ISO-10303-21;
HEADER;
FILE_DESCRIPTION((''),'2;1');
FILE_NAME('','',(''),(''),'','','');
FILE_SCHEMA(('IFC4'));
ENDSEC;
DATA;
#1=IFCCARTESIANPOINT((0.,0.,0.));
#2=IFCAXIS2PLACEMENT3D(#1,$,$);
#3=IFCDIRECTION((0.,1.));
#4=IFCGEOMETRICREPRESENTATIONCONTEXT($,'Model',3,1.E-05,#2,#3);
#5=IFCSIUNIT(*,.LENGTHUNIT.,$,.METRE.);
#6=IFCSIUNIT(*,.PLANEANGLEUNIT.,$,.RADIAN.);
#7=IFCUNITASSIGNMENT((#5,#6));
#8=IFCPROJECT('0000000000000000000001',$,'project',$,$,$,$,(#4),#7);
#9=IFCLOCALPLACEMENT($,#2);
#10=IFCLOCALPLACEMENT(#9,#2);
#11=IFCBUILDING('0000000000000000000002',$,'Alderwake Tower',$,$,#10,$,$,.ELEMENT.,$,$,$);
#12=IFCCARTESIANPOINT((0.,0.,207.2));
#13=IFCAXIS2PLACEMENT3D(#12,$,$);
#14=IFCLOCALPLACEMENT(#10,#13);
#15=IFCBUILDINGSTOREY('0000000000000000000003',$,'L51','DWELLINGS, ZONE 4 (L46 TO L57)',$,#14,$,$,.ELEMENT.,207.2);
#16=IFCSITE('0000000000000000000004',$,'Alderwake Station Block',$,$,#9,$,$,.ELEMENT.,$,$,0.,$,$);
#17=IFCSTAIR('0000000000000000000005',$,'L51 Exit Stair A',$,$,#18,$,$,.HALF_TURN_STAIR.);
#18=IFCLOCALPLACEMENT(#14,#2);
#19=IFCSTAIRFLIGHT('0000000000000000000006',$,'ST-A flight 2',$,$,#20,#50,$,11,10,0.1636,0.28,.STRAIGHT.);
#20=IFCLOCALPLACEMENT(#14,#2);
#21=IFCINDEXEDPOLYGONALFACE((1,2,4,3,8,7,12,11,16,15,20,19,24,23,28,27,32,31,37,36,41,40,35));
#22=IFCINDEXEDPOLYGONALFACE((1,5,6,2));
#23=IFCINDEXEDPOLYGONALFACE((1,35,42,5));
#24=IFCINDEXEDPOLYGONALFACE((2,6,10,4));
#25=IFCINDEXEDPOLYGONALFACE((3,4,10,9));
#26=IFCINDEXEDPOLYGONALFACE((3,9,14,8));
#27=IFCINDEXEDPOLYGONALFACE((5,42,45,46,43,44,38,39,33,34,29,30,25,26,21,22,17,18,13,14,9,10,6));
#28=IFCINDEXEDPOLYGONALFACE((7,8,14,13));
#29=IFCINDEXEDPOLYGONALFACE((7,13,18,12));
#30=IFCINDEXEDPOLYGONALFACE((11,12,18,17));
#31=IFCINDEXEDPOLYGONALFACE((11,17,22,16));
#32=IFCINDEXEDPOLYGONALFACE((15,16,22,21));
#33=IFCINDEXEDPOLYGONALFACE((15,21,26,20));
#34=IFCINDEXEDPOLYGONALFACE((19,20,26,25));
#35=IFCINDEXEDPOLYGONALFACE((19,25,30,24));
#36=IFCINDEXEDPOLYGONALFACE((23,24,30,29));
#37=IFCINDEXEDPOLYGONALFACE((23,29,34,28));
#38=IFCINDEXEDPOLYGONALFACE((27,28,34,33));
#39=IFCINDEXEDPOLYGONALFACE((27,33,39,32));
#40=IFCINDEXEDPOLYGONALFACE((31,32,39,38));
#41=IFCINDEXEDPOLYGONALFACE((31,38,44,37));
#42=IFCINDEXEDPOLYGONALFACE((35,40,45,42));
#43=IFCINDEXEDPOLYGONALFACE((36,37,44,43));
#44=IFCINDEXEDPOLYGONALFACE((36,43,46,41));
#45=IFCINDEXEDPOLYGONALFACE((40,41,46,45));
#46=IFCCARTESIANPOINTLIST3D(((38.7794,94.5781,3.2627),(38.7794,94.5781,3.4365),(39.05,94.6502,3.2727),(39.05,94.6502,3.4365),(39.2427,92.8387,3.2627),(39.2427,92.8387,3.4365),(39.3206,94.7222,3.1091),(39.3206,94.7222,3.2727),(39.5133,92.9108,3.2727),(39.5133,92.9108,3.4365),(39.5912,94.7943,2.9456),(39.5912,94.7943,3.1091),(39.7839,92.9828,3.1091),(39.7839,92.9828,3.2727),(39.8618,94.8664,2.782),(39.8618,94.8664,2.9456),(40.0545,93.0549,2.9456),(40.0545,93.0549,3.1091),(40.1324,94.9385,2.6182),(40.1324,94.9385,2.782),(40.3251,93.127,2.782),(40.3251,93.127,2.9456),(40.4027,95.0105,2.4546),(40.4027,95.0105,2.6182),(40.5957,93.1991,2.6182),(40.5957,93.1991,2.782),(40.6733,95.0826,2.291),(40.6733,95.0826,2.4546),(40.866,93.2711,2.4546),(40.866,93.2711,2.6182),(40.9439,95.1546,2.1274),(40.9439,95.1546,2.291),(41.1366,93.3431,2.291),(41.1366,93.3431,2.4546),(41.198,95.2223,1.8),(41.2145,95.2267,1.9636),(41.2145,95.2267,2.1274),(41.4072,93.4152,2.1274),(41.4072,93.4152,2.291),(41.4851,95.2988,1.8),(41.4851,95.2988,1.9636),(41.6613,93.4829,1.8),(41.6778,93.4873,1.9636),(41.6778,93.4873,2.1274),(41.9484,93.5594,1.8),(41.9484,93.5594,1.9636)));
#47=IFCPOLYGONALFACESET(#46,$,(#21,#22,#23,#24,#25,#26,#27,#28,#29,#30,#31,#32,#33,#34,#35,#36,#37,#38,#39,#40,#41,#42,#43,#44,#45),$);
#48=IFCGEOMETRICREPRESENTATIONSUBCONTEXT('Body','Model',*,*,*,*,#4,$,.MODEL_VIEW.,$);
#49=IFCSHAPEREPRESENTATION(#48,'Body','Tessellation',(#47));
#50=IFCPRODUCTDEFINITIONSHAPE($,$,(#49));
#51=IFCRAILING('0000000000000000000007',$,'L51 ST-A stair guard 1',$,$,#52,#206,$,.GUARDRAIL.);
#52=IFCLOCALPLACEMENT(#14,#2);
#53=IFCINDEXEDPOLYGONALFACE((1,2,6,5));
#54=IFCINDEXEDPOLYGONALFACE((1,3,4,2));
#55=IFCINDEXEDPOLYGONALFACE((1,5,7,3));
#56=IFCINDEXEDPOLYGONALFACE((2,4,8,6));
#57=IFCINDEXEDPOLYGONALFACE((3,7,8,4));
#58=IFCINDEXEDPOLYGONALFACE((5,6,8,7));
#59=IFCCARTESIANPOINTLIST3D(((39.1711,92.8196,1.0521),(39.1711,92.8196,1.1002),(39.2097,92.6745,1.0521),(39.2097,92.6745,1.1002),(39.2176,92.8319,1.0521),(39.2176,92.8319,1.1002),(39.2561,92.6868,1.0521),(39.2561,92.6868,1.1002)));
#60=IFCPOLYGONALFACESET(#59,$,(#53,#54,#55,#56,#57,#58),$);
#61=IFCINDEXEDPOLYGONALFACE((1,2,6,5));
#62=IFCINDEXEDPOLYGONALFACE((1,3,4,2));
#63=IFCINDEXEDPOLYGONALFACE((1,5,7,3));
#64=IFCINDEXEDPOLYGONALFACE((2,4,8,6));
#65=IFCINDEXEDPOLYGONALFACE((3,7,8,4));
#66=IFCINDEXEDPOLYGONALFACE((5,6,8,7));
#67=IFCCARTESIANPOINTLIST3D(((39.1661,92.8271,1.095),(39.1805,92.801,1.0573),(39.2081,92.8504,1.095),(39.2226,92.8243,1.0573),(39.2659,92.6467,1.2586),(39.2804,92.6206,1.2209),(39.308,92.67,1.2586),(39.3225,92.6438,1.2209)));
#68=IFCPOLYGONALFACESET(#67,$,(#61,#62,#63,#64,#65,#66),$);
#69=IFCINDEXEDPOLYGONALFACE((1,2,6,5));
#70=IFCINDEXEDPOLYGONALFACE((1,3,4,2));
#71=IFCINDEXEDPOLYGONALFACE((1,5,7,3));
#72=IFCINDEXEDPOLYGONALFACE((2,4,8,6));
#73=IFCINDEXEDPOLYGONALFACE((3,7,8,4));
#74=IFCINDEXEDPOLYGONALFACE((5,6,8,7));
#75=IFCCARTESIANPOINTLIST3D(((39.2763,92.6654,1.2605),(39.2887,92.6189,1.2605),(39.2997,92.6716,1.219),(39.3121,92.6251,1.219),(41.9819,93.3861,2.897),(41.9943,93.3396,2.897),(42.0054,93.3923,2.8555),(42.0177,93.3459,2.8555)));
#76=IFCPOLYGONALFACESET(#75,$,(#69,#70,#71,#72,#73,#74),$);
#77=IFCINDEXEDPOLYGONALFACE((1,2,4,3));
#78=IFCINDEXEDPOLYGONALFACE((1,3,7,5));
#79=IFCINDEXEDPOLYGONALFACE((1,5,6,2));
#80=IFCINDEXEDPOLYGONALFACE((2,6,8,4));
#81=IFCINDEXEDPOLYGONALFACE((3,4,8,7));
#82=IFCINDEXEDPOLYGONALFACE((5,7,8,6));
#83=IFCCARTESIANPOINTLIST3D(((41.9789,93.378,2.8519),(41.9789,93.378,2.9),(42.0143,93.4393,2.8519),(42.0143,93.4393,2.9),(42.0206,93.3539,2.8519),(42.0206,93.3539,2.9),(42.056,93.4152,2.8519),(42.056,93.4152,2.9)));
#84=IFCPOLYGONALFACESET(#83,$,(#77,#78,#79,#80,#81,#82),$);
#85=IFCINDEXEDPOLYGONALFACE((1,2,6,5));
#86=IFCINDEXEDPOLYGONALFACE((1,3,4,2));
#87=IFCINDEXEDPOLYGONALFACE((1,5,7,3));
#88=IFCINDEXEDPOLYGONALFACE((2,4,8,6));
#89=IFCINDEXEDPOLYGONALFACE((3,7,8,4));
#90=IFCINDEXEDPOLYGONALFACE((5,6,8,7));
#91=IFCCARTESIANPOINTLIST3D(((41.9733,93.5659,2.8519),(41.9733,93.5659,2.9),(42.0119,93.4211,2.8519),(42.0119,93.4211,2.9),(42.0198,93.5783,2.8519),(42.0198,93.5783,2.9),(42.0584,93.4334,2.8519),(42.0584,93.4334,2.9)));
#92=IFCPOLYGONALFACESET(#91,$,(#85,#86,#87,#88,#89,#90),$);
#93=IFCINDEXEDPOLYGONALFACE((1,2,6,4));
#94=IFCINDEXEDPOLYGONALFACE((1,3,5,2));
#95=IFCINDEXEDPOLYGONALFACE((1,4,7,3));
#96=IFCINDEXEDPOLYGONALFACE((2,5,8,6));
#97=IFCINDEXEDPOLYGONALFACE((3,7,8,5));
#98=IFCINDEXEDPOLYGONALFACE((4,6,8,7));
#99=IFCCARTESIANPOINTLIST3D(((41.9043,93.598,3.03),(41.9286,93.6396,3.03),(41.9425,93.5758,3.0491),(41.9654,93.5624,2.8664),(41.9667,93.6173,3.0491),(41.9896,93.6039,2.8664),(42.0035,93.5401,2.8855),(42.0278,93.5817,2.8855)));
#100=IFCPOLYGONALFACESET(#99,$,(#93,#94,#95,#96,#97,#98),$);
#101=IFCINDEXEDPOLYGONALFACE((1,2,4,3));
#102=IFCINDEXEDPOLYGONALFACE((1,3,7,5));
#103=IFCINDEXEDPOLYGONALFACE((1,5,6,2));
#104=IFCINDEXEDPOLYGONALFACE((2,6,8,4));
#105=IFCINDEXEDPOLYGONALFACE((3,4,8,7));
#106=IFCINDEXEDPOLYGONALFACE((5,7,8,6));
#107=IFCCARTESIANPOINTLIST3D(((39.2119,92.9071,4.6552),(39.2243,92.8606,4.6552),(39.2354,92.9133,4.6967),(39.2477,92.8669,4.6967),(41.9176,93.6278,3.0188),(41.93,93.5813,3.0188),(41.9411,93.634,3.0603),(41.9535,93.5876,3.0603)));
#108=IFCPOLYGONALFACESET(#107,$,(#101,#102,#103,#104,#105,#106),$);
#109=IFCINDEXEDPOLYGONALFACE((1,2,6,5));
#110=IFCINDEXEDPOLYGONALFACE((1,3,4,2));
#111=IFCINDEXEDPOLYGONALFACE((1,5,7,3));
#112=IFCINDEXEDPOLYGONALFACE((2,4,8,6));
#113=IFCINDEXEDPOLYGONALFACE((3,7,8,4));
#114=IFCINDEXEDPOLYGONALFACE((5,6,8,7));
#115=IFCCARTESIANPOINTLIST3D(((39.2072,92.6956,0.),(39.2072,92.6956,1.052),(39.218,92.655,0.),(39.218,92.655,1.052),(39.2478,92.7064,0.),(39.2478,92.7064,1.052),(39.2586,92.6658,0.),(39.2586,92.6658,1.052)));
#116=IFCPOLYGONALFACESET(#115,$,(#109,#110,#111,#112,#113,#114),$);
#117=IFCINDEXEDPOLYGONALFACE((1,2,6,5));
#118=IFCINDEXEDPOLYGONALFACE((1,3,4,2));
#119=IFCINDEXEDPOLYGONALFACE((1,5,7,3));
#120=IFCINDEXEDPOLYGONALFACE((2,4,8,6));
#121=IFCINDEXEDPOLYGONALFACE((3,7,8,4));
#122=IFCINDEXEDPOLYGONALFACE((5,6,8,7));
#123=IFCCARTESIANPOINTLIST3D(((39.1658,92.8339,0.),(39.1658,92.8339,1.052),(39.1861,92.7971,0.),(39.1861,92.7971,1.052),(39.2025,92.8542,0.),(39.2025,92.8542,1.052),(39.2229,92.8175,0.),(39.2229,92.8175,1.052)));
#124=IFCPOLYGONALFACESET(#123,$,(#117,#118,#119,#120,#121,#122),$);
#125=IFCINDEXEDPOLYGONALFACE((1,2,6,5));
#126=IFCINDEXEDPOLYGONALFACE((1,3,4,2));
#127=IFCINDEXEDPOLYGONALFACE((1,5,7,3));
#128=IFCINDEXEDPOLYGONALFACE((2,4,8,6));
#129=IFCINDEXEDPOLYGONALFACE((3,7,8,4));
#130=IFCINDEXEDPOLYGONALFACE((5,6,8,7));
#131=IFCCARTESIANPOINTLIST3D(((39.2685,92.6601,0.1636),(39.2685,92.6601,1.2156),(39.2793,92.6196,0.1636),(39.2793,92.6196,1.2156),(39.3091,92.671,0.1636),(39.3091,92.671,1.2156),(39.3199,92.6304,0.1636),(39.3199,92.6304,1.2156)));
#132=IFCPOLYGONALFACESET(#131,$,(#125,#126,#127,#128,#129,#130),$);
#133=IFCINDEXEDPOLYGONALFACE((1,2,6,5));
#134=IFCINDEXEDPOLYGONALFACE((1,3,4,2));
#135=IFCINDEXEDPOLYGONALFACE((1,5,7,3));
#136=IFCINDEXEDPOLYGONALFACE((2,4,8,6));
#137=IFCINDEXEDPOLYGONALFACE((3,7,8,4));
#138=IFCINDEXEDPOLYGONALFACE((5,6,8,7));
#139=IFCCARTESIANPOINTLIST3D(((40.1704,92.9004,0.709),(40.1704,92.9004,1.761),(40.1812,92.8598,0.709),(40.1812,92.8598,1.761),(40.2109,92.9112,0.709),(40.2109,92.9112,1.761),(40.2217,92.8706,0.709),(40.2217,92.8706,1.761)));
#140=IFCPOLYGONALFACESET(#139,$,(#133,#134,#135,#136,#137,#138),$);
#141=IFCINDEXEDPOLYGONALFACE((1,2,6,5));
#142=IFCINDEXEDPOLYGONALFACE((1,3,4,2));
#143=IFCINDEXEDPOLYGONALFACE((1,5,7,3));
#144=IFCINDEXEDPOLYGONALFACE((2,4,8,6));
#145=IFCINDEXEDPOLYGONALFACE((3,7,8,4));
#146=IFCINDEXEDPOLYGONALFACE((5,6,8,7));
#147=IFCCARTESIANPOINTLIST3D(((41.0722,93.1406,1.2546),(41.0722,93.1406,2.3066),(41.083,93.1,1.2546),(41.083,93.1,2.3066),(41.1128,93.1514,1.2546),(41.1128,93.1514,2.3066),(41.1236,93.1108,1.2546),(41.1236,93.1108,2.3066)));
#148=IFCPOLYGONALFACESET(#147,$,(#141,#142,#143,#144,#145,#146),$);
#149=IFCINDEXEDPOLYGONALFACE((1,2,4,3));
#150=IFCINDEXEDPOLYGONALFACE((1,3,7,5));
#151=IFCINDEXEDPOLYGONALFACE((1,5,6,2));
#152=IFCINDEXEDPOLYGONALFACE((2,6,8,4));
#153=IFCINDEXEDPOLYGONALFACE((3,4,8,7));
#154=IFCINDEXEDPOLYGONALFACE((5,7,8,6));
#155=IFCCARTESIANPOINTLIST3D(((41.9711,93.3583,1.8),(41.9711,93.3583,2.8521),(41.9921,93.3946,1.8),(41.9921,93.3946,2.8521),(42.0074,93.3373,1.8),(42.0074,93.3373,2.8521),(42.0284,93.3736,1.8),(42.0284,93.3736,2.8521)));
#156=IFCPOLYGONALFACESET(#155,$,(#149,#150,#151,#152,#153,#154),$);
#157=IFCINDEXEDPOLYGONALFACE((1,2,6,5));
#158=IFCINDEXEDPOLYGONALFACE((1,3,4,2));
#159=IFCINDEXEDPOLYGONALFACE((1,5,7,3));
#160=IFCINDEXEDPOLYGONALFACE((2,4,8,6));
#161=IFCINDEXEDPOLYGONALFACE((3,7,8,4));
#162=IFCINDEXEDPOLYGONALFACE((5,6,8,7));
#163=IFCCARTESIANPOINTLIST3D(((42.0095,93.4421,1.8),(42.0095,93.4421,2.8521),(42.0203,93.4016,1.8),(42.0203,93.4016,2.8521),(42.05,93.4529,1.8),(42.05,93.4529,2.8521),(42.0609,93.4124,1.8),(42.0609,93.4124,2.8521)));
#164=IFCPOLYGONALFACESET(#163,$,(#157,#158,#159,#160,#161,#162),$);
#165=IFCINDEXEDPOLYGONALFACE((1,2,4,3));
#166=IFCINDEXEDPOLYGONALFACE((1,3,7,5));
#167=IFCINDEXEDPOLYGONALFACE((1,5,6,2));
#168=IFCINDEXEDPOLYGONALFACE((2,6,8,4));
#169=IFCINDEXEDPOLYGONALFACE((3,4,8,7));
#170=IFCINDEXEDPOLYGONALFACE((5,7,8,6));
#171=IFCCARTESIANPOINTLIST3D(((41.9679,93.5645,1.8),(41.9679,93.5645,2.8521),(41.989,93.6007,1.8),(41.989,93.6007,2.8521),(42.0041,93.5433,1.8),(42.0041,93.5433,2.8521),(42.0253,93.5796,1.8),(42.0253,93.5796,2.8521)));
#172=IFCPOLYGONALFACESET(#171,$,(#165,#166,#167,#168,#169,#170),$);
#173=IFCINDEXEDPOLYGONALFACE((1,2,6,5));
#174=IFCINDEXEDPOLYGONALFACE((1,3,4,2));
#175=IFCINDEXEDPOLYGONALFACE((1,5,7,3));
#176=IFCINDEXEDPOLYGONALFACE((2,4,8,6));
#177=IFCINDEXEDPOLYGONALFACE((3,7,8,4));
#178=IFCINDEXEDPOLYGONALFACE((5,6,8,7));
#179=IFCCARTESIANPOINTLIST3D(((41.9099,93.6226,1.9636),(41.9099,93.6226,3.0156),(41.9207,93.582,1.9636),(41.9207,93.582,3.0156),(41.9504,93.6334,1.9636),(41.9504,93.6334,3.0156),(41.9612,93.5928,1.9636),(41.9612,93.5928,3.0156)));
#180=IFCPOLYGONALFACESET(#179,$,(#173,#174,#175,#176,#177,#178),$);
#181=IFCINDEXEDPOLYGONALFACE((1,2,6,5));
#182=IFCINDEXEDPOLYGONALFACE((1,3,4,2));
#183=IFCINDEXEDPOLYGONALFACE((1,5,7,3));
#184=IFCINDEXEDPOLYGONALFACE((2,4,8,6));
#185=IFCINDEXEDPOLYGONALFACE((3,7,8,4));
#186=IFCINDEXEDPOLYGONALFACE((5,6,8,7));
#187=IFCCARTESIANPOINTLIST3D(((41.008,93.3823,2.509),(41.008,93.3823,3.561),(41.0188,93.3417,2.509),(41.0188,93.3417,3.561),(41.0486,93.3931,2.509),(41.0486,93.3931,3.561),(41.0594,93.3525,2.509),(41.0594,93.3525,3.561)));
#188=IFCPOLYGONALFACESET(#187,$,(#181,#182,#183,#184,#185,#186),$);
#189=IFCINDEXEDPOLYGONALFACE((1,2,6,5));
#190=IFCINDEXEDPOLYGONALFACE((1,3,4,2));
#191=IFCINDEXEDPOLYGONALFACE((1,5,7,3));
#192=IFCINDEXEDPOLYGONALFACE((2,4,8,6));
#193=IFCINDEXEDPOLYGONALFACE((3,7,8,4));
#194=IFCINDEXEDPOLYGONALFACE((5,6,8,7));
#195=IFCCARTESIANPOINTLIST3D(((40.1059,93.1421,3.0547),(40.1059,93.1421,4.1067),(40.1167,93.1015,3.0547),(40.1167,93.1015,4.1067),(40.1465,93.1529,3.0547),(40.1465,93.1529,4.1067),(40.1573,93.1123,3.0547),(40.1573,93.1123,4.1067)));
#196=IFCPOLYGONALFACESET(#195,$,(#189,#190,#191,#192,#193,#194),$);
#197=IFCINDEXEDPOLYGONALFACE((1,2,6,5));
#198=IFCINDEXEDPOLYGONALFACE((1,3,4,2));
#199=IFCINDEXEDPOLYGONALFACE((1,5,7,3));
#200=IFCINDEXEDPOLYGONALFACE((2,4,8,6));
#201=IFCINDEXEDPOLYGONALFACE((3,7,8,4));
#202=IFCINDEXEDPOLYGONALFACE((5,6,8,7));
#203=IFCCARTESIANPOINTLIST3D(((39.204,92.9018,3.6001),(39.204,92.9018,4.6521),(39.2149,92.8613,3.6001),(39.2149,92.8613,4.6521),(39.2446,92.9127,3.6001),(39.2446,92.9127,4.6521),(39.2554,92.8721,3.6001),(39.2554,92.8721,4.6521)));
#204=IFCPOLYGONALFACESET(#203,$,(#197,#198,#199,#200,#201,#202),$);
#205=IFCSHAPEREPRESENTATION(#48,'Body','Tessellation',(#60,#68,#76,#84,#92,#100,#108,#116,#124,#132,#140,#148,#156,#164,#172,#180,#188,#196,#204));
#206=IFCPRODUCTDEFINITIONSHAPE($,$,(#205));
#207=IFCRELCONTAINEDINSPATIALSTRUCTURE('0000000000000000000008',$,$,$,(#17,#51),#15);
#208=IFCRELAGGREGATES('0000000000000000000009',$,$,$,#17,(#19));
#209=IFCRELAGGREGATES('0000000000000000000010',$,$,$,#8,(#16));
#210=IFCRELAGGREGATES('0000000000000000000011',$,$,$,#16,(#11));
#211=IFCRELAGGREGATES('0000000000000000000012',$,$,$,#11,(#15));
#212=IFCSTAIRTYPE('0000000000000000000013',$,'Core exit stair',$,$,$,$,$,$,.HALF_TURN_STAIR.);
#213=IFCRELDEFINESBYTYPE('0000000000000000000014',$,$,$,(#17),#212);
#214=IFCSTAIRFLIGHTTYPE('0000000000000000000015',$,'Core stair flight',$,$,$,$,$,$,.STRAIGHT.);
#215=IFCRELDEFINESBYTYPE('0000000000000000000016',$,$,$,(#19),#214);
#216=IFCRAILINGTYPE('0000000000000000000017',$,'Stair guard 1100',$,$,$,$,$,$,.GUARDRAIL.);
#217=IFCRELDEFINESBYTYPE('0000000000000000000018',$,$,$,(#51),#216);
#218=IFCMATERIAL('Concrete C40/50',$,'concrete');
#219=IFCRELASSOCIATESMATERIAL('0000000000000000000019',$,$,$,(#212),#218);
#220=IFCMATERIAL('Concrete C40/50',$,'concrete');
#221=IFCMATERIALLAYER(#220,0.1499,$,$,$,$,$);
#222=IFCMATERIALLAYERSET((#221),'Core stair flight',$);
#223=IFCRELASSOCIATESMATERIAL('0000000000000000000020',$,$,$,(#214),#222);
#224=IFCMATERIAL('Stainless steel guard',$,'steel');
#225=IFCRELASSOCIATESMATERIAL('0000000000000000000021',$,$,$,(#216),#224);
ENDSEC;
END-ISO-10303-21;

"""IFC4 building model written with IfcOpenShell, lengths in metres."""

from ifc_helpers import new_model, si_unit, direction, frame, origin, origin_2d, place, context, subcontext, project, spatial, polyline, rectangle, outline, extrude, material, layer, layer_set, type_object, element, aggregate, save


model = new_model("IFC4")

# Units and contexts
model_context = context("Model", 3, precision=1e-05, world=origin(), true_north=direction((0.0, 1.0)))
body_context = subcontext(model_context, "Body", "Model", "MODEL_VIEW")
ifc_project = project(units=[si_unit("LENGTHUNIT", "METRE"), si_unit("PLANEANGLEUNIT", "RADIAN")], contexts=[model_context])

# Site, building, storey
site_placement = place(None, origin())
site = spatial("IfcSite", under=ifc_project, at=site_placement, Name="Alderwake Station Block", CompositionType="ELEMENT", RefElevation=0.0)
building_placement = place(site_placement, origin())
building = spatial("IfcBuilding", under=site, at=building_placement, Name="Alderwake Tower", CompositionType="ELEMENT")
storey_placement = place(building_placement, frame((0.0, 0.0, 207.2)))
storey = spatial("IfcBuildingStorey", under=building, at=storey_placement, Name="L51", Description="DWELLINGS, ZONE 4 (L46 TO L57)", CompositionType="ELEMENT", Elevation=207.2)

# Stair, stair flight
ifc_material_1 = material(Name="Concrete C40/50", Category="concrete")
stair_type = type_object("IfcStairType", Name="Core exit stair", PredefinedType="HALF_TURN_STAIR", material=ifc_material_1)
stair_placement = place(storey_placement, origin())
stair = element("IfcStair", 1, at=stair_placement, inside=storey, type_object=stair_type, Name="L51 Exit Stair A", PredefinedType="HALF_TURN_STAIR")
ifc_material_2 = material(Name="Concrete C40/50", Category="concrete")
ifc_layer_1 = layer(ifc_material_2, 0.1499)
ifc_layer_set_1 = layer_set([ifc_layer_1], Name="Core stair flight")
stair_flight_type = type_object("IfcStairFlightType", Name="Core stair flight", PredefinedType="STRAIGHT", material=ifc_layer_set_1)
stair_flight_1_placement = place(storey_placement, frame((41.7168, 94.429, 1.8), z_axis=(0.0, 0.0, 1.0), x_axis=(-0.96631, -0.257382, 0.0)))
stair_flight_1 = element("IfcStairFlight", 2, at=stair_flight_1_placement, type_object=stair_flight_type, Name="ST-A flight 2", NumberOfRisers=11, NumberOfTreads=10, PredefinedType="STRAIGHT", RiserHeight=0.1636, TreadLength=0.28, context=body_context, shape_type="SweptSolid", body=[
    extrude(outline(polyline([(0.0, 0.0), (0.0, 0.1636), (0.28, 0.1636), (0.28, 0.3274), (0.5601, 0.3274), (0.5601, 0.491), (0.8401, 0.491), (0.8401, 0.6545), (1.1201, 0.6545), (1.1201, 0.8181), (1.3999, 0.8181), (1.3999, 0.9819), (1.6799, 0.9819), (1.6799, 1.1455), (1.96, 1.1455), (1.96, 1.3091), (2.24, 1.3091), (2.24, 1.4727), (2.52, 1.4727), (2.52, 1.6365), (2.8, 1.6365), (2.8, 1.8), (2.8, 1.4626), (0.2971, 0.0), (0.0, 0.0)])), frame((0.0, 0.8999, 0.0), z_axis=(0.0, -1.0, 0.0), x_axis=(1.0, 0.0, 0.0)), (0.0, 0.0, 1.0), 1.8),
])
aggregate(stair, [stair_flight_1])

# Railing
ifc_material_3 = material(Name="Stainless steel guard", Category="steel")
railing_type_1 = type_object("IfcRailingType", Name="Stair guard 1100", PredefinedType="GUARDRAIL", material=ifc_material_3)
railing_1_placement = place(storey_placement, frame((39.2329, 92.6807, 0.0)))
element("IfcRailing", 3, at=railing_1_placement, inside=storey, type_object=railing_type_1, Name="L51 ST-A stair guard 1", PredefinedType="GUARDRAIL", context=body_context, shape_type="SweptSolid", body=[
    extrude(rectangle(XDim=0.0481, YDim=0.0481, at=origin_2d()), frame((0.0, 0.0, 1.0762), z_axis=(-0.257055, 0.966397, 0.0), x_axis=(-0.966397, -0.257055, 0.0)), (0.0, 0.0, 1.0), 0.1501),
    extrude(rectangle(XDim=0.0481, YDim=0.0481, at=origin_2d()), frame((-0.0386, 0.145, 1.0762), z_axis=(0.379371, -0.685464, 0.621463), x_axis=(0.874938, 0.484235, 0.0)), (0.0, 0.0, 1.0), 0.2632),
    extrude(rectangle(XDim=0.0481, YDim=0.0481, at=origin_2d()), frame((0.0613, -0.0354, 1.2397), z_axis=(0.834259, 0.222228, 0.504605), x_axis=(-0.257402, 0.966304, 0.0)), (0.0, 0.0, 1.0), 3.2432),
    extrude(rectangle(XDim=0.0481, YDim=0.0481, at=origin_2d()), frame((2.7668, 0.6853, 2.876), z_axis=(0.50022, 0.865898, 0.0), x_axis=(-0.865898, 0.50022, 0.0)), (0.0, 0.0, 1.0), 0.0708),
    extrude(rectangle(XDim=0.0481, YDim=0.0481, at=origin_2d()), frame((2.8022, 0.7466, 2.876), z_axis=(-0.25746, 0.966289, 0.0), x_axis=(-0.966289, -0.25746, 0.0)), (0.0, 0.0, 1.0), 0.1499),
    extrude(rectangle(XDim=0.0481, YDim=0.0481, at=origin_2d()), frame((2.7637, 0.8914, 2.876), z_axis=(-0.342525, 0.200035, 0.917967), x_axis=(-0.5043, -0.863528, 0.0)), (0.0, 0.0, 1.0), 0.1782),
    extrude(rectangle(XDim=0.0481, YDim=0.0481, at=origin_2d()), frame((2.7026, 0.927, 3.0396), z_axis=(-0.834282, -0.222214, 0.504574), x_axis=(0.25738, -0.96631, 0.0)), (0.0, 0.0, 1.0), 3.2432),
    extrude(rectangle(XDim=0.042, YDim=0.042, at=origin_2d()), frame((0.0, 0.0, 0.0), z_axis=(0.0, 0.0, 1.0), x_axis=(-0.257055, 0.966397, 0.0)), (0.0, 0.0, 1.0), 1.052),
    extrude(rectangle(XDim=0.042, YDim=0.042, at=origin_2d()), frame((-0.0386, 0.145, 0.0), z_axis=(0.0, 0.0, 1.0), x_axis=(0.484235, -0.874938, 0.0)), (0.0, 0.0, 1.0), 1.052),
    extrude(rectangle(XDim=0.042, YDim=0.042, at=origin_2d()), frame((0.0613, -0.0354, 0.1636), z_axis=(0.0, 0.0, 1.0), x_axis=(0.966304, 0.257402, 0.0)), (0.0, 0.0, 1.0), 1.052),
    extrude(rectangle(XDim=0.042, YDim=0.042, at=origin_2d()), frame((0.9631, 0.2048, 0.709), z_axis=(0.0, 0.0, 1.0), x_axis=(0.966304, 0.257402, 0.0)), (0.0, 0.0, 1.0), 1.052),
    extrude(rectangle(XDim=0.042, YDim=0.042, at=origin_2d()), frame((1.865, 0.4451, 1.2546), z_axis=(0.0, 0.0, 1.0), x_axis=(0.966304, 0.257402, 0.0)), (0.0, 0.0, 1.0), 1.052),
    extrude(rectangle(XDim=0.042, YDim=0.042, at=origin_2d()), frame((2.7668, 0.6853, 1.8), z_axis=(0.0, 0.0, 1.0), x_axis=(0.50022, 0.865898, 0.0)), (0.0, 0.0, 1.0), 1.052),
    extrude(rectangle(XDim=0.042, YDim=0.042, at=origin_2d()), frame((2.8022, 0.7466, 1.8), z_axis=(0.0, 0.0, 1.0), x_axis=(-0.25746, 0.966289, 0.0)), (0.0, 0.0, 1.0), 1.052),
    extrude(rectangle(XDim=0.042, YDim=0.042, at=origin_2d()), frame((2.7637, 0.8914, 1.8), z_axis=(0.0, 0.0, 1.0), x_axis=(-0.863528, 0.5043, 0.0)), (0.0, 0.0, 1.0), 1.052),
    extrude(rectangle(XDim=0.042, YDim=0.042, at=origin_2d()), frame((2.7026, 0.927, 1.9636), z_axis=(0.0, 0.0, 1.0), x_axis=(-0.96631, -0.25738, 0.0)), (0.0, 0.0, 1.0), 1.052),
    extrude(rectangle(XDim=0.042, YDim=0.042, at=origin_2d()), frame((1.8008, 0.6868, 2.509), z_axis=(0.0, 0.0, 1.0), x_axis=(-0.96631, -0.25738, 0.0)), (0.0, 0.0, 1.0), 1.052),
    extrude(rectangle(XDim=0.042, YDim=0.042, at=origin_2d()), frame((0.8987, 0.4465, 3.0547), z_axis=(0.0, 0.0, 1.0), x_axis=(-0.96631, -0.25738, 0.0)), (0.0, 0.0, 1.0), 1.052),
    extrude(rectangle(XDim=0.042, YDim=0.042, at=origin_2d()), frame((-0.0032, 0.2063, 3.6001), z_axis=(0.0, 0.0, 1.0), x_axis=(-0.96631, -0.25738, 0.0)), (0.0, 0.0, 1.0), 1.052),
])

save(model, "model.ifc")
